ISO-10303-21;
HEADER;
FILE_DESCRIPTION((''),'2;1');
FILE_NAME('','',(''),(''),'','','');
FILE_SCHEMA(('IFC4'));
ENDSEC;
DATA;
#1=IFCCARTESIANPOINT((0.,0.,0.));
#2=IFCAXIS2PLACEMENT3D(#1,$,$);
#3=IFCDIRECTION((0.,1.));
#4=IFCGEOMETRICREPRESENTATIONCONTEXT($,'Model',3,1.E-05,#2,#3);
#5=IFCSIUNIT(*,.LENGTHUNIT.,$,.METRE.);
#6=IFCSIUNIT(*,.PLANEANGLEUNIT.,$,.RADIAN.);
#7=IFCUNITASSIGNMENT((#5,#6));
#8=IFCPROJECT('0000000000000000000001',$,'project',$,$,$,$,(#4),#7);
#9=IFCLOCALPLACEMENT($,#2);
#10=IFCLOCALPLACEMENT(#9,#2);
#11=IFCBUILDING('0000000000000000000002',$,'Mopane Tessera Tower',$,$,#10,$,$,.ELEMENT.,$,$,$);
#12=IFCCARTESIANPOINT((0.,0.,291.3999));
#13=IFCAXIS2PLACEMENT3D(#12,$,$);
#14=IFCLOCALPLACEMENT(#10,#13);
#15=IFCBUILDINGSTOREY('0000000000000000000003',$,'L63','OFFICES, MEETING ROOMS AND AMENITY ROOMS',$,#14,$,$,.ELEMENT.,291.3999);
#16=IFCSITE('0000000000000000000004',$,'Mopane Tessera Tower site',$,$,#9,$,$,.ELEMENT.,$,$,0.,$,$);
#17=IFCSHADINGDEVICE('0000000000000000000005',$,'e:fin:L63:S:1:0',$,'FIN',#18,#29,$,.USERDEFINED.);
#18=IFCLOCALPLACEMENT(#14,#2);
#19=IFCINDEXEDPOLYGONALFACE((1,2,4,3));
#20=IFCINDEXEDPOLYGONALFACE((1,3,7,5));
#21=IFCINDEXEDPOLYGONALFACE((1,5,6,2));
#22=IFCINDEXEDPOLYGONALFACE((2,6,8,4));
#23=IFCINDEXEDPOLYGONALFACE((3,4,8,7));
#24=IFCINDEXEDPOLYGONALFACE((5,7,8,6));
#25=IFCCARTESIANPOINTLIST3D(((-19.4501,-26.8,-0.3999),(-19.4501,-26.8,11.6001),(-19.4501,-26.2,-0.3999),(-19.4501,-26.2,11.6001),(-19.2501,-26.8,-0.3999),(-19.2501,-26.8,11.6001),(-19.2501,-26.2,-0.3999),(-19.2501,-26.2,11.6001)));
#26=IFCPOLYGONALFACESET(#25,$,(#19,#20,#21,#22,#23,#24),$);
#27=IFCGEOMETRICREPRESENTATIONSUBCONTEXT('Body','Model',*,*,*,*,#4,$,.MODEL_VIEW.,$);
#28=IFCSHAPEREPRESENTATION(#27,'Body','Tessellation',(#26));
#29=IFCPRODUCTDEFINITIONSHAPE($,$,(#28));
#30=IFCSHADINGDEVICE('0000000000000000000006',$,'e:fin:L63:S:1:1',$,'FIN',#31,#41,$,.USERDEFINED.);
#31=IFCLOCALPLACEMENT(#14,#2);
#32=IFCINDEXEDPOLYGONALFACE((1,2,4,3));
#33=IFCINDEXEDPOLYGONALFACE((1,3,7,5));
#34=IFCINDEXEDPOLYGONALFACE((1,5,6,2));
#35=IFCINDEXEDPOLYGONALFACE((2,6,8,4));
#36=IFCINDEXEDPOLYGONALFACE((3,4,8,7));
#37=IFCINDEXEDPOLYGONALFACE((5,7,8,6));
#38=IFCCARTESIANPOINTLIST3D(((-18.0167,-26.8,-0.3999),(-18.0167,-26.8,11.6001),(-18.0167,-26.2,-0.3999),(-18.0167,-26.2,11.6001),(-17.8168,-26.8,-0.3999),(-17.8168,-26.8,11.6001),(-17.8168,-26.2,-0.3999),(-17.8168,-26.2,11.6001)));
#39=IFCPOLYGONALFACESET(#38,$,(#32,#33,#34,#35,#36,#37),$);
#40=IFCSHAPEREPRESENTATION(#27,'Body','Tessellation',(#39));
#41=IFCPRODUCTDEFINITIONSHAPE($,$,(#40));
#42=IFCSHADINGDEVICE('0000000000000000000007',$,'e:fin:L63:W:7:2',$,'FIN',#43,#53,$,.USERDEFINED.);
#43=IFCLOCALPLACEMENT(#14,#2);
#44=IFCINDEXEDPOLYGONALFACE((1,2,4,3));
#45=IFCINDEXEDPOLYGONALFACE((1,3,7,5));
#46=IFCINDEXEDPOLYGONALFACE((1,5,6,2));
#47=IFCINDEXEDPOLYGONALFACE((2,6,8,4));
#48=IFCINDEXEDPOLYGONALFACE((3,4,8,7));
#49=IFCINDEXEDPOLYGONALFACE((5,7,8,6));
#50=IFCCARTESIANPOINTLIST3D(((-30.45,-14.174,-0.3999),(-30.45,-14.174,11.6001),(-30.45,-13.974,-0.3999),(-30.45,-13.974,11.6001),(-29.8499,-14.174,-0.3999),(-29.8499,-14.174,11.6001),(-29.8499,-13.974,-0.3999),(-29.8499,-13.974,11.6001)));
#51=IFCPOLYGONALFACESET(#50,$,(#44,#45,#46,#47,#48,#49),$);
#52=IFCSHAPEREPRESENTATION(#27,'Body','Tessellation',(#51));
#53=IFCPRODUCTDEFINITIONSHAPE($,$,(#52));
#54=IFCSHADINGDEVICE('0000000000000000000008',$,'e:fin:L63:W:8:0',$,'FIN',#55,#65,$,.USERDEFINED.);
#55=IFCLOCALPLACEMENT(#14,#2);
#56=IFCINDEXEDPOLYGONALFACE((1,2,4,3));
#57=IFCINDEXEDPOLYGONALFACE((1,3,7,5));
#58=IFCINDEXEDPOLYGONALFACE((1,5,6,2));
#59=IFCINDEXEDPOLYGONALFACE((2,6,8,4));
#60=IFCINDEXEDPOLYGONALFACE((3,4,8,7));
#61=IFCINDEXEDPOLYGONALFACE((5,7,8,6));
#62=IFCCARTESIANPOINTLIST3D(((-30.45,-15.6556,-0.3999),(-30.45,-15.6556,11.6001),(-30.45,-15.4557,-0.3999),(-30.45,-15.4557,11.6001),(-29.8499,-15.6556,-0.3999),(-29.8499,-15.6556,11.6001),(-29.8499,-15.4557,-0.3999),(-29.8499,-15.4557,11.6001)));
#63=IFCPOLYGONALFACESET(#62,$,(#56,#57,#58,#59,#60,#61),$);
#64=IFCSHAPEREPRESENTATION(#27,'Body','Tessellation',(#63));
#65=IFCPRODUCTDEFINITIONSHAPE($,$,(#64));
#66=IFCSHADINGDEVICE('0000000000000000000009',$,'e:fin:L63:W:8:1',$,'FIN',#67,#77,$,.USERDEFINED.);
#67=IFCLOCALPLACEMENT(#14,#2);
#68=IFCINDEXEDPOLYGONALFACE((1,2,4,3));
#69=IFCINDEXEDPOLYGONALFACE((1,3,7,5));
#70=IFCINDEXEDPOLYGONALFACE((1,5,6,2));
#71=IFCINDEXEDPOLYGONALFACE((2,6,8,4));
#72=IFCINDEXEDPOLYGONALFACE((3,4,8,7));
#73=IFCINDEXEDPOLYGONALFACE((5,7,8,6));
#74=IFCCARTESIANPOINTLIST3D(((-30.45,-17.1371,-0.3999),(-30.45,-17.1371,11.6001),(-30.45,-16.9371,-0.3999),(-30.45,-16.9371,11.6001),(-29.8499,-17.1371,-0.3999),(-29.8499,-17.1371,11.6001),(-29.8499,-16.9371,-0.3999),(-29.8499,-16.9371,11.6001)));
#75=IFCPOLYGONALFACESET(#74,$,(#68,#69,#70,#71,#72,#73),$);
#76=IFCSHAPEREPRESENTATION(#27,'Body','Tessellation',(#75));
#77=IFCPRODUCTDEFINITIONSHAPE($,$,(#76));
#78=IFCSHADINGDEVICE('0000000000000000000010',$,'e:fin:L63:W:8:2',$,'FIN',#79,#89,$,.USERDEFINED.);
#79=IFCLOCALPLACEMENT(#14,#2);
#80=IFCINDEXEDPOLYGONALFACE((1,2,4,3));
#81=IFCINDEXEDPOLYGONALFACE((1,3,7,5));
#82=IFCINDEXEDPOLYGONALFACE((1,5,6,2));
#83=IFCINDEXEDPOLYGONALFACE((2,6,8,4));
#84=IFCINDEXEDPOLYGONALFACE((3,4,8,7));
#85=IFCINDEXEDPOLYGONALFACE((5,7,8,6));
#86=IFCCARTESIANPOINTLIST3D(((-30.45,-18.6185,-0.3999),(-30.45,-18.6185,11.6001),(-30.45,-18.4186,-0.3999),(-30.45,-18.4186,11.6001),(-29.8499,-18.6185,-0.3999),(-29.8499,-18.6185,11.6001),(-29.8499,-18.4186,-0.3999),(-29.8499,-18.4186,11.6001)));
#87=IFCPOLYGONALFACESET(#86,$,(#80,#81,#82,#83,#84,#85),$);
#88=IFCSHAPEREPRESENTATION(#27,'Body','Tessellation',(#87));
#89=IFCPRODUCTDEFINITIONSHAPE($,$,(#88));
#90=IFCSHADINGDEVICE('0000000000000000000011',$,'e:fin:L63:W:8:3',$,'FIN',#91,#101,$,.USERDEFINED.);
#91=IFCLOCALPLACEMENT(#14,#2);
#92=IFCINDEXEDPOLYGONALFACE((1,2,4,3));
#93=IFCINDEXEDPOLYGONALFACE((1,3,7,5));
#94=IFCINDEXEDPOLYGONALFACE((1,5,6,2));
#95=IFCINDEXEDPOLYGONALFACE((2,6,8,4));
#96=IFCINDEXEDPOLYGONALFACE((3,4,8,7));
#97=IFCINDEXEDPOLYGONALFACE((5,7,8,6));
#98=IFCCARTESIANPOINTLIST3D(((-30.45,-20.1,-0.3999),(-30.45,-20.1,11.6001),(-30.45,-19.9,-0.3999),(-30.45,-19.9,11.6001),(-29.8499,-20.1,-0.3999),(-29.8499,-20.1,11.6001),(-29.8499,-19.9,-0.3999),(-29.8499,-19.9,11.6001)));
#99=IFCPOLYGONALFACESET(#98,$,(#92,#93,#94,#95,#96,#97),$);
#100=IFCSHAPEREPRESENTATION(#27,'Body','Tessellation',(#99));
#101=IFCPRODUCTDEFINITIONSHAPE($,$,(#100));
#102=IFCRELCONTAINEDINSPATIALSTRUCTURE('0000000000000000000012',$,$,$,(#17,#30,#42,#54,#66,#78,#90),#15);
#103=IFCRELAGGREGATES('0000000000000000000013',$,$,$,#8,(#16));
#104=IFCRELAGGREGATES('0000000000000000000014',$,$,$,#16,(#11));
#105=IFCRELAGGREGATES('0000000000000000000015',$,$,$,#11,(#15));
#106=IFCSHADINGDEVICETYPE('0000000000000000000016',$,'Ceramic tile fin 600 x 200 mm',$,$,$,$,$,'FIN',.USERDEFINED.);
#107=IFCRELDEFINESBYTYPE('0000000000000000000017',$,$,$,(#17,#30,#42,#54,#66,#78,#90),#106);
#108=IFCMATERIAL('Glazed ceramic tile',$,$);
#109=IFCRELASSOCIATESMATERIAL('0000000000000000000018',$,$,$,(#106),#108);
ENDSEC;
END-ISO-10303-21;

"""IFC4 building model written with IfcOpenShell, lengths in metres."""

from ifc_helpers import new_model, si_unit, direction, frame, origin, origin_2d, place, context, subcontext, project, spatial, rectangle, extrude, material, type_object, element, save


model = new_model("IFC4")

# Units and contexts
model_context = context("Model", 3, precision=1e-05, world=origin(), true_north=direction((0.0, 1.0)))
body_context = subcontext(model_context, "Body", "Model", "MODEL_VIEW")
ifc_project = project(units=[si_unit("LENGTHUNIT", "METRE"), si_unit("PLANEANGLEUNIT", "RADIAN")], contexts=[model_context])

# Site, building, storey
site_placement = place(None, origin())
site = spatial("IfcSite", under=ifc_project, at=site_placement, Name="Mopane Tessera Tower site", CompositionType="ELEMENT", RefElevation=0.0)
building_placement = place(site_placement, origin())
building = spatial("IfcBuilding", under=site, at=building_placement, Name="Mopane Tessera Tower", CompositionType="ELEMENT")
storey_placement = place(building_placement, frame((0.0, 0.0, 291.3999)))
storey = spatial("IfcBuildingStorey", under=building, at=storey_placement, Name="L63", Description="OFFICES, MEETING ROOMS AND AMENITY ROOMS", CompositionType="ELEMENT", Elevation=291.3999)

# Shading devices
ifc_material_1 = material(Name="Glazed ceramic tile")
shading_device_type = type_object("IfcShadingDeviceType", Name="Ceramic tile fin 600 x 200 mm", ElementType="FIN", PredefinedType="USERDEFINED", material=ifc_material_1)
for number, where, z_axis, x_axis, name in (
    (1, (-19.3501, -26.5, -0.3999), (0.0, 0.0, 1.0), (1.0, 0.0, 0.0), "e:fin:L63:S:1:0"),
    (2, (-17.9167, -26.5, -0.3999), (0.0, 0.0, 1.0), (1.0, 0.0, 0.0), "e:fin:L63:S:1:1"),
    (3, (-30.1499, -14.074, -0.3999), (0.0, 0.0, 1.0), (0.0, -1.0, 0.0), "e:fin:L63:W:7:2"),
    (4, (-30.1499, -15.5557, -0.3999), (0.0, 0.0, 1.0), (0.0, -1.0, 0.0), "e:fin:L63:W:8:0"),
    (5, (-30.1499, -17.0371, -0.3999), (0.0, 0.0, 1.0), (0.0, -1.0, 0.0), "e:fin:L63:W:8:1"),
    (6, (-30.1499, -18.5186, -0.3999), (0.0, 0.0, 1.0), (0.0, -1.0, 0.0), "e:fin:L63:W:8:2"),
    (7, (-30.1499, -20.0, -0.3999), (0.0, 0.0, 1.0), (0.0, -1.0, 0.0), "e:fin:L63:W:8:3"),
):
    element("IfcShadingDevice", number, at=place(storey_placement, frame(where, z_axis=z_axis, x_axis=x_axis)), inside=storey, type_object=shading_device_type, Name=name, ObjectType="FIN", PredefinedType="USERDEFINED", context=body_context, shape_type="SweptSolid", body=[
        extrude(rectangle(XDim=0.2, YDim=0.6001, at=origin_2d()), origin(), (0.0, 0.0, 1.0), 12.0),
    ])

save(model, "model.ifc")
